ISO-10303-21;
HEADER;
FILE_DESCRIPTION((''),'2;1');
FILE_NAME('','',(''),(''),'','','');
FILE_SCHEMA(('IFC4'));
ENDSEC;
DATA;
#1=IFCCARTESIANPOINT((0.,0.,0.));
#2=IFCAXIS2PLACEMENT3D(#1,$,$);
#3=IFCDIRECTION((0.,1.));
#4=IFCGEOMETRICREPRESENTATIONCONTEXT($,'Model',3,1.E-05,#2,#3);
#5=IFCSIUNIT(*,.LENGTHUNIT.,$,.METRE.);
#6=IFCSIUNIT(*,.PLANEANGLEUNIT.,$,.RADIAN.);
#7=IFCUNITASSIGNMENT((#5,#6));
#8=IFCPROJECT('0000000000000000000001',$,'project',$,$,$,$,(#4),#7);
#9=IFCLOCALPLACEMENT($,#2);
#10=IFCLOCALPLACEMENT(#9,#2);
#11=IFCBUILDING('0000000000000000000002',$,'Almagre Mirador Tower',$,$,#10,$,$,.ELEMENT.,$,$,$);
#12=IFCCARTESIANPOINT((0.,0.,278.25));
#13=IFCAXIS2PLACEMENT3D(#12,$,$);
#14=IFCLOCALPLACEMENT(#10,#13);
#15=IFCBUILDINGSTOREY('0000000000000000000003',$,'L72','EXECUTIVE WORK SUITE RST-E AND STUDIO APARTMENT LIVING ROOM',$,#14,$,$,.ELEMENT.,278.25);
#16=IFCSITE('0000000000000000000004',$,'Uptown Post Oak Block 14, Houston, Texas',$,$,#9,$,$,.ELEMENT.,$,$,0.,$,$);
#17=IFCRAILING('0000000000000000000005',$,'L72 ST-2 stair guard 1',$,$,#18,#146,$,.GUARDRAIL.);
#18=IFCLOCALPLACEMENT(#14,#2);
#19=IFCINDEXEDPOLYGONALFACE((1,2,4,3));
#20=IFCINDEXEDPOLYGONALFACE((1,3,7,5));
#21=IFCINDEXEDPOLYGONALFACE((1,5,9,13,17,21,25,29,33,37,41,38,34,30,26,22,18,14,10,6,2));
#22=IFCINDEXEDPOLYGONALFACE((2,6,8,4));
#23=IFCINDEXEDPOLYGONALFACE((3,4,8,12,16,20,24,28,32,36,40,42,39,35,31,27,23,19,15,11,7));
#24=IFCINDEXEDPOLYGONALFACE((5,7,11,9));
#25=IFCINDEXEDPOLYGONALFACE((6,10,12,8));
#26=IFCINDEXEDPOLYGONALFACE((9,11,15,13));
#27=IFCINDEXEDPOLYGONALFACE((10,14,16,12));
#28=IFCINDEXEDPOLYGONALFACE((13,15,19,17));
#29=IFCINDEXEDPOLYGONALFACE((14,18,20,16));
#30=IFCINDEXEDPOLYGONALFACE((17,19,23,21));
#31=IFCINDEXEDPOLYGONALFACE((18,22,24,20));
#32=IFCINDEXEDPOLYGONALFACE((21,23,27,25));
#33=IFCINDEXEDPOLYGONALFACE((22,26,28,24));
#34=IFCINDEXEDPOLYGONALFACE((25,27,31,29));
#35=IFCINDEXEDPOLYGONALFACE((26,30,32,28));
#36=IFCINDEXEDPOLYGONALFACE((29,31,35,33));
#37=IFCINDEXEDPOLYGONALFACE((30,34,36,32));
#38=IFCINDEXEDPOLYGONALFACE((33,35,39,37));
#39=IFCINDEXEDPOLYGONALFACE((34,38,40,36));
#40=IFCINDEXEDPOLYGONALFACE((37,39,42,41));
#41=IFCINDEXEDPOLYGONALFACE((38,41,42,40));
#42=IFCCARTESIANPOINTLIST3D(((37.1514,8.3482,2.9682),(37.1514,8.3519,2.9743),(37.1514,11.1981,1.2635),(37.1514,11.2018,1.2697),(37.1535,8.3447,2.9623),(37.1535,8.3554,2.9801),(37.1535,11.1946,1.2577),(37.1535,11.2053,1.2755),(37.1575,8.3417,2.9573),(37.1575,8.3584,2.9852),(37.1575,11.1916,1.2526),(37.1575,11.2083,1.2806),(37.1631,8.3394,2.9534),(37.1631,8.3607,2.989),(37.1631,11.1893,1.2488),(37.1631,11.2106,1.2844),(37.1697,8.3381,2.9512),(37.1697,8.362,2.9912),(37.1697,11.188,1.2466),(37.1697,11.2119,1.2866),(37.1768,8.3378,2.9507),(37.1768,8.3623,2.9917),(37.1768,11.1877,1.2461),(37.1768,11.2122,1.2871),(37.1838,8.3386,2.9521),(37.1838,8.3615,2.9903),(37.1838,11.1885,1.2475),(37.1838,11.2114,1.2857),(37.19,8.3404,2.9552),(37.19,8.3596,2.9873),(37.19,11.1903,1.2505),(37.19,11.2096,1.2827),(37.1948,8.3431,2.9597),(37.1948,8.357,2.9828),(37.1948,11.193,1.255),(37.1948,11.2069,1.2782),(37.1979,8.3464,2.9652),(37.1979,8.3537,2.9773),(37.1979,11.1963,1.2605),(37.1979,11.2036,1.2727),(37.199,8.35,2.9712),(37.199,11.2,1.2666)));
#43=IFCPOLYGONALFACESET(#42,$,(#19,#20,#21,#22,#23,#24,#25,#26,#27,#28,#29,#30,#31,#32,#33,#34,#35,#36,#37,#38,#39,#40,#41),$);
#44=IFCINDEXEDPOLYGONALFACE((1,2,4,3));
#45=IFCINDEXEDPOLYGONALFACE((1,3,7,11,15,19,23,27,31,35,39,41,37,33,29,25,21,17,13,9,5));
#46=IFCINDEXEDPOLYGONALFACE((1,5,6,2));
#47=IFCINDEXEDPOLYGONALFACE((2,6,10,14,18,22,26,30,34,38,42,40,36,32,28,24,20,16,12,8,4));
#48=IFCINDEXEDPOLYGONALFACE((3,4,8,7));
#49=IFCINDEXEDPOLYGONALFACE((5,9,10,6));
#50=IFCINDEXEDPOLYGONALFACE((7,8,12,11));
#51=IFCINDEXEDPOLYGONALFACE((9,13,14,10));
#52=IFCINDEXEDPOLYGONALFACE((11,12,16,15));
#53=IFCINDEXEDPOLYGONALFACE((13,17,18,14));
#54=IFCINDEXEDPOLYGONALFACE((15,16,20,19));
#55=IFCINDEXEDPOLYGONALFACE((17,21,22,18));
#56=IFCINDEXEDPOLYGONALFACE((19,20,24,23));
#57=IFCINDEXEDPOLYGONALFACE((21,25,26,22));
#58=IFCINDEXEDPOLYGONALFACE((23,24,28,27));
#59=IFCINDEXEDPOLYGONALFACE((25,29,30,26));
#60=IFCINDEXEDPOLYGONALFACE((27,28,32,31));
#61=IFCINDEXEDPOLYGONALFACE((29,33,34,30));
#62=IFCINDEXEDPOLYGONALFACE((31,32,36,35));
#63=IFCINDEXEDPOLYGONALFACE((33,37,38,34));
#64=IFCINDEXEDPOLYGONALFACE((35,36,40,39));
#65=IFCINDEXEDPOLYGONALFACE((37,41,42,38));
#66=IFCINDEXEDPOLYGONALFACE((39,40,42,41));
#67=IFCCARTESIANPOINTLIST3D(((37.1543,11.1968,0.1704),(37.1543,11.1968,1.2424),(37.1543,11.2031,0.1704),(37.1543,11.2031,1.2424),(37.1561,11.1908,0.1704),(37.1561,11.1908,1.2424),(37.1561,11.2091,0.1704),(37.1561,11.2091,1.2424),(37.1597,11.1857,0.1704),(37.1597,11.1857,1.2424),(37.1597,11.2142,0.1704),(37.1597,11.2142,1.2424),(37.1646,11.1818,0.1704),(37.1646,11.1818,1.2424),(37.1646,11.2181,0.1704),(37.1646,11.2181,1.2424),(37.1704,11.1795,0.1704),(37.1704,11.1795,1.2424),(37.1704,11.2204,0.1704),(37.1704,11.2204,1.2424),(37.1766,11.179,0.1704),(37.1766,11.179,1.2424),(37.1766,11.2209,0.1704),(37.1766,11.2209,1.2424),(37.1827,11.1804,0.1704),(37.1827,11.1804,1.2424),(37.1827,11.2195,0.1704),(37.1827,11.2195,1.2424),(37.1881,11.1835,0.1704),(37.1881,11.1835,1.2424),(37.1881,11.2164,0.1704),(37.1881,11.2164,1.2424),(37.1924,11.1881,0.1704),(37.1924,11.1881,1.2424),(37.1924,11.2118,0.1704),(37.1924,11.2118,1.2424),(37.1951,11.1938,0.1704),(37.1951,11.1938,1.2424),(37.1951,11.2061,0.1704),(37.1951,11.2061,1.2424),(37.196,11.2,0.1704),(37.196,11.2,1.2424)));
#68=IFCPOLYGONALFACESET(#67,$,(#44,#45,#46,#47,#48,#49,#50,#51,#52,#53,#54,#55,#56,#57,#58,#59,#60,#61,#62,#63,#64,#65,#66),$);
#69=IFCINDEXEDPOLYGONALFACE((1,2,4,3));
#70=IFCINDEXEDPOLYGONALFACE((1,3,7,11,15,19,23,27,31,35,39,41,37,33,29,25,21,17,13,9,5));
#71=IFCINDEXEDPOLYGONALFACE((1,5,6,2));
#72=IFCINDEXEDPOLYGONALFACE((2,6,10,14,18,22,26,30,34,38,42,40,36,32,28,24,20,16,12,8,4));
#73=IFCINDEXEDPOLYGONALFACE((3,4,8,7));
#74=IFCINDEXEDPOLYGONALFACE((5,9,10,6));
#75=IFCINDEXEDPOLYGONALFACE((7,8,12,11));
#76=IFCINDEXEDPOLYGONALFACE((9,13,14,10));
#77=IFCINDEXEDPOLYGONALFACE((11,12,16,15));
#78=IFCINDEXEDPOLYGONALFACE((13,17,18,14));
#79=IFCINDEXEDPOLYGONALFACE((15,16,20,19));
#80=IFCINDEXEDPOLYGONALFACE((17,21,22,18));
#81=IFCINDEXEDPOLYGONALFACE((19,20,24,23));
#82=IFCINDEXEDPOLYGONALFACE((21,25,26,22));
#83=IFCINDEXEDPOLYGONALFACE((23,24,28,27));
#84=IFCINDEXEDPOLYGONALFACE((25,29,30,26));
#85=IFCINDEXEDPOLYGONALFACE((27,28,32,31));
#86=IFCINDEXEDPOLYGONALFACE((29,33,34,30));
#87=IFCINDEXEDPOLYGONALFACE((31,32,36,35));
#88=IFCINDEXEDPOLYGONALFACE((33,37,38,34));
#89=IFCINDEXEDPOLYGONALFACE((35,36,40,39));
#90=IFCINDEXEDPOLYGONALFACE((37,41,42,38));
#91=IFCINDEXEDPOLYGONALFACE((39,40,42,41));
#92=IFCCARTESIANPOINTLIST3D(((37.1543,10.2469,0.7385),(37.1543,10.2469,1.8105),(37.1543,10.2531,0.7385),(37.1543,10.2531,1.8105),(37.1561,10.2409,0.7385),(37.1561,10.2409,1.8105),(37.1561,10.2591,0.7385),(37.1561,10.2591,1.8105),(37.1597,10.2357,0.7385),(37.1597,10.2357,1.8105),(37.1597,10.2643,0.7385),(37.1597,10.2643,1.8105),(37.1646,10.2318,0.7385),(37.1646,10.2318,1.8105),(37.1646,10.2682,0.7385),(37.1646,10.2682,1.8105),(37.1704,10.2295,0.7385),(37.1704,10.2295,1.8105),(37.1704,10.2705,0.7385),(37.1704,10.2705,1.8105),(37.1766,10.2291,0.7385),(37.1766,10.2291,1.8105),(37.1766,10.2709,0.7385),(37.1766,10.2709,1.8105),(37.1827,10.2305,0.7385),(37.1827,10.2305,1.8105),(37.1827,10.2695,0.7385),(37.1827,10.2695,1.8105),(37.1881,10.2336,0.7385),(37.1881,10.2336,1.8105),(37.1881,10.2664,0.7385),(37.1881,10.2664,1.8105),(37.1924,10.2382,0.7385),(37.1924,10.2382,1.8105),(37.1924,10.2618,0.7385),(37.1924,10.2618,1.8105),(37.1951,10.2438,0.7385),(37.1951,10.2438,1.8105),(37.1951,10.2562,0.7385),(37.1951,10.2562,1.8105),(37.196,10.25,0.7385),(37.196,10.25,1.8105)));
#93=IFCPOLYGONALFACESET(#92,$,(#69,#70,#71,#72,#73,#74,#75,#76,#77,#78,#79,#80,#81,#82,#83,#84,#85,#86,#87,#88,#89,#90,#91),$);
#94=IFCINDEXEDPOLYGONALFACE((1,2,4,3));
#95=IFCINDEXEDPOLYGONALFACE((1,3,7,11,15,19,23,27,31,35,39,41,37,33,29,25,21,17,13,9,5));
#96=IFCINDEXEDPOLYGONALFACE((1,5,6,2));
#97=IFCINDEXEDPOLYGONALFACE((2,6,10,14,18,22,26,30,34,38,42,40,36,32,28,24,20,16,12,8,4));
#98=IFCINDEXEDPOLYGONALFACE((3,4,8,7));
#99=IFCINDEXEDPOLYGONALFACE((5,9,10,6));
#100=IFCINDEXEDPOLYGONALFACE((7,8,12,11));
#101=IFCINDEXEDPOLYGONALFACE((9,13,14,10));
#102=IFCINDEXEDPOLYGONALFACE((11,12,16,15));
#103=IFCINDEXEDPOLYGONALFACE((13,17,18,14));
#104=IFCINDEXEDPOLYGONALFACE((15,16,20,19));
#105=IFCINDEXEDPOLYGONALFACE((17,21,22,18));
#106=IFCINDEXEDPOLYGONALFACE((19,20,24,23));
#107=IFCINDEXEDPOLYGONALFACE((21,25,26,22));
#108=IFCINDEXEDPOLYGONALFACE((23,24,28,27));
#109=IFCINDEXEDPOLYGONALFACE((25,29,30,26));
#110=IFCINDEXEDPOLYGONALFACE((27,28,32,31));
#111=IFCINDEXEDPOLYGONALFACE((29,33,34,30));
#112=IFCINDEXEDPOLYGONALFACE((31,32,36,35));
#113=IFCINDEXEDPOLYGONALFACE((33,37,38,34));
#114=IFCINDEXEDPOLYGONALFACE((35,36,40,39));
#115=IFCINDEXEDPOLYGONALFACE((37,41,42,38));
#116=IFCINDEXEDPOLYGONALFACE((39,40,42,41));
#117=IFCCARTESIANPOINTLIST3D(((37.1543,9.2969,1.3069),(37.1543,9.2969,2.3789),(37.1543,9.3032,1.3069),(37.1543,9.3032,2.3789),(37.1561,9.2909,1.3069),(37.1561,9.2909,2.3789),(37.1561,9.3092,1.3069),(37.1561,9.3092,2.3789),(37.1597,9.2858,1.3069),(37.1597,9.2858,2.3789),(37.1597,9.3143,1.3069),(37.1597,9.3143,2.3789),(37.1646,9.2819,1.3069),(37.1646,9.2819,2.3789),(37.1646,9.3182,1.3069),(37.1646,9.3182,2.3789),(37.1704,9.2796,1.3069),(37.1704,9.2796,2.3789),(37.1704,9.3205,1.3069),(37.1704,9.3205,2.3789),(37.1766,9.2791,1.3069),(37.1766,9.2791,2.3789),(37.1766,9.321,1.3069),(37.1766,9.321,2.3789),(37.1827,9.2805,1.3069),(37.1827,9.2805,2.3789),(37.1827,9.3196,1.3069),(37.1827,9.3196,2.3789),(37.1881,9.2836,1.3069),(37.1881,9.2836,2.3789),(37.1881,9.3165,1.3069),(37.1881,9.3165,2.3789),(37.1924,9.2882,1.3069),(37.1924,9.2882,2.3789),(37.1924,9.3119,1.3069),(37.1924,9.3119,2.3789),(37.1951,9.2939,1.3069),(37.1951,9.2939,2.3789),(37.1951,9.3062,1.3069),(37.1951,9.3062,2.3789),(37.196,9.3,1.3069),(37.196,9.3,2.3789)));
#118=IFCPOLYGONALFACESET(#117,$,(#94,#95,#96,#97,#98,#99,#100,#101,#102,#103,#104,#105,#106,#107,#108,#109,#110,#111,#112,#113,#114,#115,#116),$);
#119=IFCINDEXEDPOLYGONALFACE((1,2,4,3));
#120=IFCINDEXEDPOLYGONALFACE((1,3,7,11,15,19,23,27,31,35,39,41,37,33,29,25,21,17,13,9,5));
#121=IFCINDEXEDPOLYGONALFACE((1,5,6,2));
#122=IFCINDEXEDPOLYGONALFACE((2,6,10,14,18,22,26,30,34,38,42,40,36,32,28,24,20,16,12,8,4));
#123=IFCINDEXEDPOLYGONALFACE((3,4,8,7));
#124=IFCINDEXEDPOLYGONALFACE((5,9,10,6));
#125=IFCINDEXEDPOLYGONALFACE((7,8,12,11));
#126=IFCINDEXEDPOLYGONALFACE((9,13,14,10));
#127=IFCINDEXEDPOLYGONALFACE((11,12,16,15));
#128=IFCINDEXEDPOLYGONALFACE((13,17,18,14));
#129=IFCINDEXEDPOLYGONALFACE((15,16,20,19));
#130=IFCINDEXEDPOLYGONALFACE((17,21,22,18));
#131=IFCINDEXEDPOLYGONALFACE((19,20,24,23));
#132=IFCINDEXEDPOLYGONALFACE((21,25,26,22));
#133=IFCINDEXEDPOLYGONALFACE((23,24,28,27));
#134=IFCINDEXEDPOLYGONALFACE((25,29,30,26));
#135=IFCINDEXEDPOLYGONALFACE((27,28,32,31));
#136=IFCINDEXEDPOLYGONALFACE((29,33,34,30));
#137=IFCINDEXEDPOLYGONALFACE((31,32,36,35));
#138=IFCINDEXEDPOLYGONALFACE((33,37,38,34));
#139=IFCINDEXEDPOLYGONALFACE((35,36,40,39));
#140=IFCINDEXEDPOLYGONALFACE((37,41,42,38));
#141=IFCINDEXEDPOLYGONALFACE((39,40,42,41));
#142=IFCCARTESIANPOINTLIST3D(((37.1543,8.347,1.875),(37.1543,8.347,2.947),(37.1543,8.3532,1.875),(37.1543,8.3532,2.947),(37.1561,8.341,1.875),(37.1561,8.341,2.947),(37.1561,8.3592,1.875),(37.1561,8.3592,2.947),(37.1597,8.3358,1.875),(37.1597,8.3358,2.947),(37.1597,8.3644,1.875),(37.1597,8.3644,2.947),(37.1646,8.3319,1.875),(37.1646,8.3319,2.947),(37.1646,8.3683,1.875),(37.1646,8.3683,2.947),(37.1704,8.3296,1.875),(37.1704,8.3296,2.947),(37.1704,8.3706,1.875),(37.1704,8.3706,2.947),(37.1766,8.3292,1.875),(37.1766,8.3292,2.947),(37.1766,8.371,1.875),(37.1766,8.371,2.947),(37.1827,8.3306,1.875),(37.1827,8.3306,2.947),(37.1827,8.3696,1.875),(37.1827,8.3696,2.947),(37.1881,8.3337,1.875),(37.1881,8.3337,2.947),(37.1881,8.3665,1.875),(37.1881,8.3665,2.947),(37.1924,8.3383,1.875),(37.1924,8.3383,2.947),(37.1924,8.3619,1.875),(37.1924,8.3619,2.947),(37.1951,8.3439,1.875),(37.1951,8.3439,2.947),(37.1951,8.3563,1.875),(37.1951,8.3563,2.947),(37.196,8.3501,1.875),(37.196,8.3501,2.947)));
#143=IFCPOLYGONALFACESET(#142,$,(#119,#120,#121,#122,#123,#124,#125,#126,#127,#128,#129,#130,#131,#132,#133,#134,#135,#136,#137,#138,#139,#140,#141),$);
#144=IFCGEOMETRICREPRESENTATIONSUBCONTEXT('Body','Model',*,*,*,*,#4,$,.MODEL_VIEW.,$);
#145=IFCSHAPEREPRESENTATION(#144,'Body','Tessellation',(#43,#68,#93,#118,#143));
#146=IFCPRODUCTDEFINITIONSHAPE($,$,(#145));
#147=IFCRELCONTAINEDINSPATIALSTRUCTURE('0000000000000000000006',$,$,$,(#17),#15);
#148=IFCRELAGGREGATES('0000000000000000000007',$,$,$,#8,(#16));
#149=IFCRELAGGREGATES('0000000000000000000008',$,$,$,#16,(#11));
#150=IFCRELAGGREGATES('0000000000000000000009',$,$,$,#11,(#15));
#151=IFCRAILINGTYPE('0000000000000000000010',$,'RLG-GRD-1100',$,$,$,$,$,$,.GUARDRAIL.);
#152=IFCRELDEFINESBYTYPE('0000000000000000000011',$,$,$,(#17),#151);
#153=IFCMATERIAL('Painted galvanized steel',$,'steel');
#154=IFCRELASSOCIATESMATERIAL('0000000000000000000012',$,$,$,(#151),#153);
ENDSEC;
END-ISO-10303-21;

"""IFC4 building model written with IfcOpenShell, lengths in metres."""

from ifc_helpers import new_model, si_unit, direction, frame, origin, origin_2d, place, context, subcontext, project, spatial, circle, extrude, material, type_object, element, save


model = new_model("IFC4")

# Units and contexts
model_context = context("Model", 3, precision=1e-05, world=origin(), true_north=direction((0.0, 1.0)))
body_context = subcontext(model_context, "Body", "Model", "MODEL_VIEW")
ifc_project = project(units=[si_unit("LENGTHUNIT", "METRE"), si_unit("PLANEANGLEUNIT", "RADIAN")], contexts=[model_context])

# Site, building, storey
site_placement = place(None, origin())
site = spatial("IfcSite", under=ifc_project, at=site_placement, Name="Uptown Post Oak Block 14, Houston, Texas", CompositionType="ELEMENT", RefElevation=0.0)
building_placement = place(site_placement, origin())
building = spatial("IfcBuilding", under=site, at=building_placement, Name="Almagre Mirador Tower", CompositionType="ELEMENT")
storey_placement = place(building_placement, frame((0.0, 0.0, 278.25)))
storey = spatial("IfcBuildingStorey", under=building, at=storey_placement, Name="L72", Description="EXECUTIVE WORK SUITE RST-E AND STUDIO APARTMENT LIVING ROOM", CompositionType="ELEMENT", Elevation=278.25)

# Railing
ifc_material_1 = material(Name="Painted galvanized steel", Category="steel")
railing_type_1 = type_object("IfcRailingType", Name="RLG-GRD-1100", PredefinedType="GUARDRAIL", material=ifc_material_1)
railing_1_placement = place(storey_placement, frame((37.175, 11.2, 0.1704)))
element("IfcRailing", 1, at=railing_1_placement, inside=storey, type_object=railing_type_1, Name="L72 ST-2 stair guard 1", PredefinedType="GUARDRAIL", context=body_context, shape_type="SweptSolid", body=[
    extrude(circle(Radius=0.0239, at=origin_2d()), frame((0.0, 0.0, 1.0962), z_axis=(0.0, -0.858199, 0.513317), x_axis=(1.0, 0.0, 0.0)), (0.0, 0.0, 1.0), 3.3208),
    extrude(circle(Radius=0.021, at=origin_2d()), origin(), (0.0, 0.0, 1.0), 1.072),
    extrude(circle(Radius=0.021, at=origin_2d()), frame((0.0, -0.95, 0.5681)), (0.0, 0.0, 1.0), 1.072),
    extrude(circle(Radius=0.021, at=origin_2d()), frame((0.0, -1.8999, 1.1365)), (0.0, 0.0, 1.0), 1.072),
    extrude(circle(Radius=0.021, at=origin_2d()), frame((0.0, -2.8499, 1.7046)), (0.0, 0.0, 1.0), 1.072),
])

save(model, "model.ifc")
